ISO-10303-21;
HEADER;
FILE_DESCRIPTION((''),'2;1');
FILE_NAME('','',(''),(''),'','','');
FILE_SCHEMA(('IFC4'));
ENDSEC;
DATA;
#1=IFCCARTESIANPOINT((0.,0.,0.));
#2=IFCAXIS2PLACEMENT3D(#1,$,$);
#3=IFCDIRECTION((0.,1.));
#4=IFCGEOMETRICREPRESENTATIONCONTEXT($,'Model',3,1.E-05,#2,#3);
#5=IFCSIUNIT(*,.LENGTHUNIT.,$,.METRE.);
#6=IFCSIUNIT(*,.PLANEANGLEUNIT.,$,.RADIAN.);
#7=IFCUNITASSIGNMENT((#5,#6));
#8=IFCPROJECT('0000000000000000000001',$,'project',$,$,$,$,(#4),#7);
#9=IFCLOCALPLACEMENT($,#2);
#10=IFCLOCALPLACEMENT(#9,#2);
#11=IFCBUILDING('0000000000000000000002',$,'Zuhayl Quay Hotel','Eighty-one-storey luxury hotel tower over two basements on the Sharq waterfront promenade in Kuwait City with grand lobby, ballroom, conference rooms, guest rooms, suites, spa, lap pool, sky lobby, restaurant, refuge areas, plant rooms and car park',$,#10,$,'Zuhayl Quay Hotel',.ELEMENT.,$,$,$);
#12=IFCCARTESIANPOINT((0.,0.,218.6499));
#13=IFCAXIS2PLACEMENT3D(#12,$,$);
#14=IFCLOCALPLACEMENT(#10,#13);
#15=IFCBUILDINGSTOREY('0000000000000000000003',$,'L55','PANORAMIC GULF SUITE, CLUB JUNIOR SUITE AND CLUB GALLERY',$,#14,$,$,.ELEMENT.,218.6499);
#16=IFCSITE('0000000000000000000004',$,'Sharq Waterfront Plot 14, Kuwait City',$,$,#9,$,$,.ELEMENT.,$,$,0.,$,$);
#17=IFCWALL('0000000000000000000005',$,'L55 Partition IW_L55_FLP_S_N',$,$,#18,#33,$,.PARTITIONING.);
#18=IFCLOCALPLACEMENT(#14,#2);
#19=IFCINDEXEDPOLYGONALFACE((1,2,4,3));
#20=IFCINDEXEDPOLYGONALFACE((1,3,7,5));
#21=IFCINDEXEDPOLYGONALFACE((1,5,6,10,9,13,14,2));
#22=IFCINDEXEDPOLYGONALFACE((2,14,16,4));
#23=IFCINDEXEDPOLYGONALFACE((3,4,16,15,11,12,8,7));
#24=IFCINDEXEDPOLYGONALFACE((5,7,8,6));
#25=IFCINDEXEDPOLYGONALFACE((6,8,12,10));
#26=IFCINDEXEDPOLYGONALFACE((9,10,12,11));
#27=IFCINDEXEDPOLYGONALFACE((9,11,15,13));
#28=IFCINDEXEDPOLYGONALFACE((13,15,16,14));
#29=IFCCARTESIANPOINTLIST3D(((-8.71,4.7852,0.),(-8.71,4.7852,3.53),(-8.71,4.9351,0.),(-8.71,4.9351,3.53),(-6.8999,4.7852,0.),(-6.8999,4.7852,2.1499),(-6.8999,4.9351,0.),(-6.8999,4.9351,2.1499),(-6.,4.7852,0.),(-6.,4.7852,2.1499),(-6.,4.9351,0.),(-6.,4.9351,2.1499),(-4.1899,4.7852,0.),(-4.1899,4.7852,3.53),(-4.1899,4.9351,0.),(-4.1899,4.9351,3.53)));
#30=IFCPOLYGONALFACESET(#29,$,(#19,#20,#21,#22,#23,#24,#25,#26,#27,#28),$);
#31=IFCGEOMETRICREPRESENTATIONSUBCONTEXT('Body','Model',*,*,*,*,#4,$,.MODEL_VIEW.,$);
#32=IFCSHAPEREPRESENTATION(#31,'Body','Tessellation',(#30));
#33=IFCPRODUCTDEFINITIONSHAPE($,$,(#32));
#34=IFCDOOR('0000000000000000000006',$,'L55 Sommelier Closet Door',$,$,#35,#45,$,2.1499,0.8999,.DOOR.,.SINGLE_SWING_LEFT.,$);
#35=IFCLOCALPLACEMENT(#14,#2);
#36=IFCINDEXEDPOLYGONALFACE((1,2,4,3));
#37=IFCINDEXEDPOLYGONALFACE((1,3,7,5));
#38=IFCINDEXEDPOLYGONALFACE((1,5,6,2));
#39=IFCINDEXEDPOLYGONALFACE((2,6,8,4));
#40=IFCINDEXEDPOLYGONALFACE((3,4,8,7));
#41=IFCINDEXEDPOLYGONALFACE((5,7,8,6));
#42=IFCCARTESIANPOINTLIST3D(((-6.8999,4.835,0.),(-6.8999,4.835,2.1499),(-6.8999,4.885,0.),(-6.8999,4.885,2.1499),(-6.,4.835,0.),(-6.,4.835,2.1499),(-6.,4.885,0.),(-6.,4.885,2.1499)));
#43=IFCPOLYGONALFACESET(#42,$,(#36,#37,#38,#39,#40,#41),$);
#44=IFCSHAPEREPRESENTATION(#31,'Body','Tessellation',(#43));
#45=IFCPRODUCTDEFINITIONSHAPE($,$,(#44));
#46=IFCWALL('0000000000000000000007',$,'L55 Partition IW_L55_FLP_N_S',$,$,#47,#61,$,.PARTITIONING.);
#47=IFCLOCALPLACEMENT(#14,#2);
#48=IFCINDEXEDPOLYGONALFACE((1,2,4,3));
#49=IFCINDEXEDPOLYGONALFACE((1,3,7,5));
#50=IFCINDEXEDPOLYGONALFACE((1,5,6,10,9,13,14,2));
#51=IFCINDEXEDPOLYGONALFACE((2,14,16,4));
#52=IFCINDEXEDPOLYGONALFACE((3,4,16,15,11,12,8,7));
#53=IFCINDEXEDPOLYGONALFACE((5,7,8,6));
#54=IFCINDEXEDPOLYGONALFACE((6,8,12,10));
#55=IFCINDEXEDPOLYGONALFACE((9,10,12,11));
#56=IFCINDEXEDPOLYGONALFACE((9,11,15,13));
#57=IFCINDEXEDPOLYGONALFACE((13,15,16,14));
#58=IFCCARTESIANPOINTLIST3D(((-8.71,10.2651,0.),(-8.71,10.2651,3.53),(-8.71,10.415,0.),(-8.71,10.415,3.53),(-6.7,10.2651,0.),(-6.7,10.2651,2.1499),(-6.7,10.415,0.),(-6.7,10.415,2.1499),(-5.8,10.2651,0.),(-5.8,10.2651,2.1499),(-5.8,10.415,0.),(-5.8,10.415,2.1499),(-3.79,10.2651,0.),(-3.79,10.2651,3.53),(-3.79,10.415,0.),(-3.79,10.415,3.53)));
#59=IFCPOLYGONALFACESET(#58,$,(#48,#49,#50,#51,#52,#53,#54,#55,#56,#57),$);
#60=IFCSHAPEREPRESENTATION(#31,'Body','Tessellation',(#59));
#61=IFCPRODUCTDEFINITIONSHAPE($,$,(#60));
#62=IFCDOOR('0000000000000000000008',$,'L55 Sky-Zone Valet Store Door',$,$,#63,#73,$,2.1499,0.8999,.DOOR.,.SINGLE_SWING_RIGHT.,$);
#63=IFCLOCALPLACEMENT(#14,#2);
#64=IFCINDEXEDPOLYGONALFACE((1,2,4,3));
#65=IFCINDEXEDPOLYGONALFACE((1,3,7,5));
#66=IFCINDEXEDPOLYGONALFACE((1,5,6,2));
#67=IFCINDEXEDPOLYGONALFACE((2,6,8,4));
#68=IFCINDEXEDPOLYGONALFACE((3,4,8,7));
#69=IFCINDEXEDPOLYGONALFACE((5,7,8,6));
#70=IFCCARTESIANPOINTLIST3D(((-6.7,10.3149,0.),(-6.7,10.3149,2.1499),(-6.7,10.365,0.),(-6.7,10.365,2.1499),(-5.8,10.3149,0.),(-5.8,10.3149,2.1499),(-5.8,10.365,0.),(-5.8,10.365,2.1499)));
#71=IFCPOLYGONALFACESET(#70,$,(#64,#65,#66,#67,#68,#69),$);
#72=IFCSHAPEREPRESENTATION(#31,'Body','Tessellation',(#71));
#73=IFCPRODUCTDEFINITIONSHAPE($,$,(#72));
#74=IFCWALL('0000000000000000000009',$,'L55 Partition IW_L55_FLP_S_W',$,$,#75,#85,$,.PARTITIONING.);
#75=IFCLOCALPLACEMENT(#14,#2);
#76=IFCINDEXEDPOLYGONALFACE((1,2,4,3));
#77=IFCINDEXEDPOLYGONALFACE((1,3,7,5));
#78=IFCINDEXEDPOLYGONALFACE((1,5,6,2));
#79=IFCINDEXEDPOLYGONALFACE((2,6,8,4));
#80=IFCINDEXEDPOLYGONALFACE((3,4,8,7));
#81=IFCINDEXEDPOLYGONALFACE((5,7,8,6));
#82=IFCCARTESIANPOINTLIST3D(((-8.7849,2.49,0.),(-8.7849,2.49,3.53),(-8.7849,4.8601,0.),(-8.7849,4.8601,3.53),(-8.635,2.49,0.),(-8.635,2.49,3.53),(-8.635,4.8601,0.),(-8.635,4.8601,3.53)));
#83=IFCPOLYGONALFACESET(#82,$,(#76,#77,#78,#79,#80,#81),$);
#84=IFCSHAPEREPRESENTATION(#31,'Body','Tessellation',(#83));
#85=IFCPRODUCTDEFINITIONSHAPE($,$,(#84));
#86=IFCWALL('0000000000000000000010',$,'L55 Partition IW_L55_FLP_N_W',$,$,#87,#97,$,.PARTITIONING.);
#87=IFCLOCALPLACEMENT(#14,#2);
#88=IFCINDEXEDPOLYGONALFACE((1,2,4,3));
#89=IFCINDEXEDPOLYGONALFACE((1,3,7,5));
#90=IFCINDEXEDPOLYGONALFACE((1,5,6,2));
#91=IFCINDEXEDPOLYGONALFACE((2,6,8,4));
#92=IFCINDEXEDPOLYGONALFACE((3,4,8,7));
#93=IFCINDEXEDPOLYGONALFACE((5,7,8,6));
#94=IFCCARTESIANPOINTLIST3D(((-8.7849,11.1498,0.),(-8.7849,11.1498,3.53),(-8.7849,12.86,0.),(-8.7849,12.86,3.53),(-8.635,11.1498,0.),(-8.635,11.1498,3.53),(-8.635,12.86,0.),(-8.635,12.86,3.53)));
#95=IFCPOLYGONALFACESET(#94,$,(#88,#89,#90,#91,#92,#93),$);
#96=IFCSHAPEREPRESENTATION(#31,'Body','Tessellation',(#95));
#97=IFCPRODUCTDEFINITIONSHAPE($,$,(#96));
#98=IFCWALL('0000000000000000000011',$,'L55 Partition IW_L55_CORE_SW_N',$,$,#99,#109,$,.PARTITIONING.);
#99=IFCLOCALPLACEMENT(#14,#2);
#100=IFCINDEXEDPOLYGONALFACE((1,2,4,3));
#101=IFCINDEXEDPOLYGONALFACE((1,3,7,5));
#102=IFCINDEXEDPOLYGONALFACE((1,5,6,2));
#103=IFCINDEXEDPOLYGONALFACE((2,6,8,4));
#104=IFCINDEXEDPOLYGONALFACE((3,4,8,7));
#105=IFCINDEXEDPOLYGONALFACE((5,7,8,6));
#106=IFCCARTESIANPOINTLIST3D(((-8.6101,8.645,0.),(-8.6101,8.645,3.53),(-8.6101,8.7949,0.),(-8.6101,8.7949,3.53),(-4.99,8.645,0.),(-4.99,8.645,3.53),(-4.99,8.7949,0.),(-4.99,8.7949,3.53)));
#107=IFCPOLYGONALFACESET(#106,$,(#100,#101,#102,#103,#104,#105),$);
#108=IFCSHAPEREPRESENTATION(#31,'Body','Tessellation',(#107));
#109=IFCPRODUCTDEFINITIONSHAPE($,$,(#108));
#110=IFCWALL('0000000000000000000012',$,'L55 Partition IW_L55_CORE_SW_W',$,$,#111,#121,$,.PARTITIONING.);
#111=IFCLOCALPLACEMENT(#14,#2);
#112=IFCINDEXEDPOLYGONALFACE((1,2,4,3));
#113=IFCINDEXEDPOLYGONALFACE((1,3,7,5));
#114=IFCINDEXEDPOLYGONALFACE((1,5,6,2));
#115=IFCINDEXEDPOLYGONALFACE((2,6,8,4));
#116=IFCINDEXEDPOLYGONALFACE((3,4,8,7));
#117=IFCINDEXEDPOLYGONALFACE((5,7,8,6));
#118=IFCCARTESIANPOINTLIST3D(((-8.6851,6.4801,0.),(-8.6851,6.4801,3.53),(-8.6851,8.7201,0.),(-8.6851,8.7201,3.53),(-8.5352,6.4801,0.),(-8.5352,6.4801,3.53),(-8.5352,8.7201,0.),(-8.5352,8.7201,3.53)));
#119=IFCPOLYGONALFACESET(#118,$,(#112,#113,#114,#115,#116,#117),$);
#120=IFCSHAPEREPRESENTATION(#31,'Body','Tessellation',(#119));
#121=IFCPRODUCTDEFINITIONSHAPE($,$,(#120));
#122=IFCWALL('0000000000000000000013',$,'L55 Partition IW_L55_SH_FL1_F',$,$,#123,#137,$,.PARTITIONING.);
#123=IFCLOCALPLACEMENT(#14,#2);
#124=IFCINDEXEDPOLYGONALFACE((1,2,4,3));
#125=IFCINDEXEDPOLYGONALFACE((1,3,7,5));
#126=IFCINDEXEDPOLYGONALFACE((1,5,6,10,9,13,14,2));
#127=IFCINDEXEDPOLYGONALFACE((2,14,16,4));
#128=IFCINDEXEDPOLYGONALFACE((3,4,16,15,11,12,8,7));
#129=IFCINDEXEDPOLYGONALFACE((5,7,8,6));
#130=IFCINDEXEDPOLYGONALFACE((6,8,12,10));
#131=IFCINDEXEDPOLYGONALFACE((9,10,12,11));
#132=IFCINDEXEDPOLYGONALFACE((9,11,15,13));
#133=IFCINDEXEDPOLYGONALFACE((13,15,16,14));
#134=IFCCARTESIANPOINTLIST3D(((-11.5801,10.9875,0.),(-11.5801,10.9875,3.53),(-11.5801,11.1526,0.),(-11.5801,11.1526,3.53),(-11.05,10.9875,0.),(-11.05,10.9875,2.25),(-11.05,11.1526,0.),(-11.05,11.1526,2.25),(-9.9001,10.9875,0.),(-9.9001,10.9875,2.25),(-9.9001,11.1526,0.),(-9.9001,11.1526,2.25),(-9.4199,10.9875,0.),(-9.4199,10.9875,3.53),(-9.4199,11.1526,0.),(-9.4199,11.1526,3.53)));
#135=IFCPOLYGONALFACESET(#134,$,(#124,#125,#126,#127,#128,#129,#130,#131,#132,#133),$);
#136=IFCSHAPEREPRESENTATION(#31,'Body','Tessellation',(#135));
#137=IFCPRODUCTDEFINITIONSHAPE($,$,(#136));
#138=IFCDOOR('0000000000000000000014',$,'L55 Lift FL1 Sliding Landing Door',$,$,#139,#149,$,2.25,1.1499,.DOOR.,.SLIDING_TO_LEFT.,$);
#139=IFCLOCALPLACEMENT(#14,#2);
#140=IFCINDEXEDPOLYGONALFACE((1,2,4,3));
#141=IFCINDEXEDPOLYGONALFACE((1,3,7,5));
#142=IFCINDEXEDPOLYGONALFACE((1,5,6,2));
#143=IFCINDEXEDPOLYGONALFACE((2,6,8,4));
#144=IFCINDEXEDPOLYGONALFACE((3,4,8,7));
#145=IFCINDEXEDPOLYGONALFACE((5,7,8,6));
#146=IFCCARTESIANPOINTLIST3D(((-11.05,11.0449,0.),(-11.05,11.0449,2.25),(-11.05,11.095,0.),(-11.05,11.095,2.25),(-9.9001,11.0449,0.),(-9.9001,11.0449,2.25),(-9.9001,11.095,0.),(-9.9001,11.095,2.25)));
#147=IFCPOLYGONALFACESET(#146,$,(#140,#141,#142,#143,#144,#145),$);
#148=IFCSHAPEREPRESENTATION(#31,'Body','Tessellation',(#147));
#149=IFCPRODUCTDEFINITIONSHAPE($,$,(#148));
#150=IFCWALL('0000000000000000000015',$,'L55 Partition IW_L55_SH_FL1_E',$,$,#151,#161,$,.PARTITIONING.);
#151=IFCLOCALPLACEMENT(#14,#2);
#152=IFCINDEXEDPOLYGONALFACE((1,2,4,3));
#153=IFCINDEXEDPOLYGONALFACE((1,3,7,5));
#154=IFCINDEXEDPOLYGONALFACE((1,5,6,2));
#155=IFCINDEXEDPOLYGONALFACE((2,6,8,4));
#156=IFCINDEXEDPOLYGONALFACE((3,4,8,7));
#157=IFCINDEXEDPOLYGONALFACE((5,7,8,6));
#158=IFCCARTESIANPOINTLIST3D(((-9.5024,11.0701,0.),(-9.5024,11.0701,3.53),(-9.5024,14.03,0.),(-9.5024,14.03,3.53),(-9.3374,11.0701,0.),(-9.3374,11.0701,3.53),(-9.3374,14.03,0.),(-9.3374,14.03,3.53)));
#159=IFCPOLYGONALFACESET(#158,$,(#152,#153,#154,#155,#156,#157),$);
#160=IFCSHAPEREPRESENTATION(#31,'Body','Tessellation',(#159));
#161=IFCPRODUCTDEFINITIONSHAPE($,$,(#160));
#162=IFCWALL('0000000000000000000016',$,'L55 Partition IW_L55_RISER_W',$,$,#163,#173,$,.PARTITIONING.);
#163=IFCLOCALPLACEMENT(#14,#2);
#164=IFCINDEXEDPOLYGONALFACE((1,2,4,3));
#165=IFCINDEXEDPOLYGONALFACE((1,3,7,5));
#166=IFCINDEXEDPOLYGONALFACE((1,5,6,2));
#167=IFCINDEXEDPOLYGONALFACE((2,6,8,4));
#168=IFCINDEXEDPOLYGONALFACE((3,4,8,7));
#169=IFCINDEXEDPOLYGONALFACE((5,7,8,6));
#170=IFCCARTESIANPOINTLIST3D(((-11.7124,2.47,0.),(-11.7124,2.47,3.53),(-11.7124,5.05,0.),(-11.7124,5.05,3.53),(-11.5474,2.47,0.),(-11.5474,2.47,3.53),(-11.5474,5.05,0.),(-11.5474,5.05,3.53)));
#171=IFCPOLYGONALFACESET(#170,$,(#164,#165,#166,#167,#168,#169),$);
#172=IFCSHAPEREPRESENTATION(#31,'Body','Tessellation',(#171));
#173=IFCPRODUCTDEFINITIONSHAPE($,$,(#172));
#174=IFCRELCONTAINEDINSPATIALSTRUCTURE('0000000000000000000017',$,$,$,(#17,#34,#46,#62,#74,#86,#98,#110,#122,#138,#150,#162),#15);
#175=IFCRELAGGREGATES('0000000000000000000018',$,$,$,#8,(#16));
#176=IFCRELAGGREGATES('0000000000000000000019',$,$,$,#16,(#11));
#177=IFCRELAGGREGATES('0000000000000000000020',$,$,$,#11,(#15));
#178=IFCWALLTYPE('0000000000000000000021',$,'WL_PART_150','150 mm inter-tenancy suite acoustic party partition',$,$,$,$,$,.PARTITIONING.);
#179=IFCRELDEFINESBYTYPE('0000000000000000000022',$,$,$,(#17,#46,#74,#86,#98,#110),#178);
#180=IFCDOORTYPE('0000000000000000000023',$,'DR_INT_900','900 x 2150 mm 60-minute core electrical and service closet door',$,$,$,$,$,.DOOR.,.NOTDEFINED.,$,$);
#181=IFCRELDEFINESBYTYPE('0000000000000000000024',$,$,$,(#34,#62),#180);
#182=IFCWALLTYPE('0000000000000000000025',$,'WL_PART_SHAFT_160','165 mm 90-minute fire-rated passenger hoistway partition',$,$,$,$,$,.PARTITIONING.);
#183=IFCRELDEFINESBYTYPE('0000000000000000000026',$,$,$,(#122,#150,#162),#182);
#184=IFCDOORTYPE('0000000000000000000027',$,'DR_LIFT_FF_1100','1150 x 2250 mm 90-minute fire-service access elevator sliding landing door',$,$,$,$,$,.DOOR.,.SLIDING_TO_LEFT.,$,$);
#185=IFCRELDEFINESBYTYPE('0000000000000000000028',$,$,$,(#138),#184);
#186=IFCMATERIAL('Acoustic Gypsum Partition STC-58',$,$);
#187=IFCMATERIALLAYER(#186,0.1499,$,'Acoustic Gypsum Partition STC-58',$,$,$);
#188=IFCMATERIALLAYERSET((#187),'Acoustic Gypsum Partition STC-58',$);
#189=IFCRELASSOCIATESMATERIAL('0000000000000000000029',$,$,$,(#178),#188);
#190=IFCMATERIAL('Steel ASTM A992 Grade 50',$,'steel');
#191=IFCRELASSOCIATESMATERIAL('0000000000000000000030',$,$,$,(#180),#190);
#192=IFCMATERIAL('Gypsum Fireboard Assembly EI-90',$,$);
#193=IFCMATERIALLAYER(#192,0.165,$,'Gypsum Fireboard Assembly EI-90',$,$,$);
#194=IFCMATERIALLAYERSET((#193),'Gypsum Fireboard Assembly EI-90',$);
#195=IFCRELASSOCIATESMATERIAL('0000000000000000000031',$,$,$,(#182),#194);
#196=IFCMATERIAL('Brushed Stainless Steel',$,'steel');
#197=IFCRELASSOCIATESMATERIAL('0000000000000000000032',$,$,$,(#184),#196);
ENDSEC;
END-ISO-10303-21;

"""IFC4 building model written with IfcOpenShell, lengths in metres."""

from ifc_helpers import new_model, si_unit, direction, frame, frame_2d, origin, place, context, subcontext, project, spatial, rectangle, extrude, material, layer, layer_set, type_object, element, fill, save


model = new_model("IFC4")

# Units and contexts
model_context = context("Model", 3, precision=1e-05, world=origin(), true_north=direction((0.0, 1.0)))
body_context = subcontext(model_context, "Body", "Model", "MODEL_VIEW")
ifc_project = project(units=[si_unit("LENGTHUNIT", "METRE"), si_unit("PLANEANGLEUNIT", "RADIAN")], contexts=[model_context])

# Site, building, storey
site_placement = place(None, origin())
site = spatial("IfcSite", under=ifc_project, at=site_placement, Name="Sharq Waterfront Plot 14, Kuwait City", CompositionType="ELEMENT", RefElevation=0.0)
building_placement = place(site_placement, origin())
building = spatial("IfcBuilding", under=site, at=building_placement, Name="Zuhayl Quay Hotel", Description="Eighty-one-storey luxury hotel tower over two basements on the Sharq waterfront promenade in Kuwait City with grand lobby, ballroom, conference rooms, guest rooms, suites, spa, lap pool, sky lobby, restaurant, refuge areas, plant rooms and car park", LongName="Zuhayl Quay Hotel", CompositionType="ELEMENT")
storey_placement = place(building_placement, frame((0.0, 0.0, 218.6499)))
storey = spatial("IfcBuildingStorey", under=building, at=storey_placement, Name="L55", Description="PANORAMIC GULF SUITE, CLUB JUNIOR SUITE AND CLUB GALLERY", CompositionType="ELEMENT", Elevation=218.6499)

# Walls, openings, doors
ifc_material_1 = material(Name="Acoustic Gypsum Partition STC-58")
ifc_layer_1 = layer(ifc_material_1, 0.1499, Name="Acoustic Gypsum Partition STC-58")
ifc_layer_set_1 = layer_set([ifc_layer_1], Name="Acoustic Gypsum Partition STC-58")
wall_type_1 = type_object("IfcWallType", Name="WL_PART_150", Description="150 mm inter-tenancy suite acoustic party partition", PredefinedType="PARTITIONING", material=ifc_layer_set_1)
wall_1_placement = place(storey_placement, frame((-8.71, 4.8601, 0.0), z_axis=(0.0, 0.0, 1.0), x_axis=(1.0, 0.0, 0.0)))
wall_1 = element("IfcWall", 1, at=wall_1_placement, inside=storey, type_object=wall_type_1, Name="L55 Partition IW_L55_FLP_S_N", PredefinedType="PARTITIONING", context=body_context, shape_type="SweptSolid", body=[
    extrude(rectangle(XDim=4.52, YDim=0.1499, at=frame_2d((2.26, 0.0))), origin(), (0.0, 0.0, 1.0), 3.53),
])
opening_1_placement = place(wall_1_placement, frame((1.8101, 0.0, 0.0)))
opening_1 = element("IfcOpeningElement", 2, at=opening_1_placement, cuts=wall_1, PredefinedType="OPENING", context=body_context, shape_type="SweptSolid", body=[
    extrude(rectangle(XDim=0.8999, YDim=2.1499, at=frame_2d((0.45, 1.075))), frame((0.0, 0.085, 0.0), z_axis=(0.0, -1.0, 0.0), x_axis=(1.0, 0.0, 0.0)), (0.0, 0.0, 1.0), 0.1699),
])
ifc_material_2 = material(Name="Steel ASTM A992 Grade 50", Category="steel")
door_type_1 = type_object("IfcDoorType", Name="DR_INT_900", Description="900 x 2150 mm 60-minute core electrical and service closet door", OperationType="NOTDEFINED", PredefinedType="DOOR", material=ifc_material_2)
door_1_placement = place(opening_1_placement, origin())
door_1 = element("IfcDoor", 3, at=door_1_placement, inside=storey, type_object=door_type_1, Name="L55 Sommelier Closet Door", OperationType="SINGLE_SWING_LEFT", OverallHeight=2.1499, OverallWidth=0.8999, PredefinedType="DOOR", context=body_context, shape_type="SweptSolid", body=[
    extrude(rectangle(XDim=0.8999, YDim=2.1499, at=frame_2d((0.45, 1.075))), frame((0.0, 0.0249, 0.0), z_axis=(0.0, -1.0, 0.0), x_axis=(1.0, 0.0, 0.0)), (0.0, 0.0, 1.0), 0.05),
])
fill(opening_1, door_1)
wall_2_placement = place(storey_placement, frame((-8.71, 10.3401, 0.0), z_axis=(0.0, 0.0, 1.0), x_axis=(1.0, 0.0, 0.0)))
wall_2 = element("IfcWall", 4, at=wall_2_placement, inside=storey, type_object=wall_type_1, Name="L55 Partition IW_L55_FLP_N_S", PredefinedType="PARTITIONING", context=body_context, shape_type="SweptSolid", body=[
    extrude(rectangle(XDim=4.9199, YDim=0.1499, at=frame_2d((2.46, 0.0))), origin(), (0.0, 0.0, 1.0), 3.53),
])
opening_2_placement = place(wall_2_placement, frame((2.01, 0.0, 0.0)))
opening_2 = element("IfcOpeningElement", 5, at=opening_2_placement, cuts=wall_2, PredefinedType="OPENING", context=body_context, shape_type="SweptSolid", body=[
    extrude(rectangle(XDim=0.8999, YDim=2.1499, at=frame_2d((0.45, 1.075))), frame((0.0, 0.085, 0.0), z_axis=(0.0, -1.0, 0.0), x_axis=(1.0, 0.0, 0.0)), (0.0, 0.0, 1.0), 0.1699),
])
door_2_placement = place(opening_2_placement, origin())
door_2 = element("IfcDoor", 6, at=door_2_placement, inside=storey, type_object=door_type_1, Name="L55 Sky-Zone Valet Store Door", OperationType="SINGLE_SWING_RIGHT", OverallHeight=2.1499, OverallWidth=0.8999, PredefinedType="DOOR", context=body_context, shape_type="SweptSolid", body=[
    extrude(rectangle(XDim=0.8999, YDim=2.1499, at=frame_2d((0.45, 1.075))), frame((0.0, 0.0249, 0.0), z_axis=(0.0, -1.0, 0.0), x_axis=(1.0, 0.0, 0.0)), (0.0, 0.0, 1.0), 0.05),
])
fill(opening_2, door_2)

# Walls
wall_3_placement = place(storey_placement, frame((-8.71, 2.49, 0.0), z_axis=(0.0, 0.0, 1.0), x_axis=(0.0, 1.0, 0.0)))
element("IfcWall", 7, at=wall_3_placement, inside=storey, type_object=wall_type_1, Name="L55 Partition IW_L55_FLP_S_W", PredefinedType="PARTITIONING", context=body_context, shape_type="SweptSolid", body=[
    extrude(rectangle(XDim=2.3701, YDim=0.1499, at=frame_2d((1.1851, 0.0))), origin(), (0.0, 0.0, 1.0), 3.53),
])
wall_4_placement = place(storey_placement, frame((-8.71, 11.1499, 0.0), z_axis=(0.0, 0.0, 1.0), x_axis=(0.0, 1.0, 0.0)))
element("IfcWall", 8, at=wall_4_placement, inside=storey, type_object=wall_type_1, Name="L55 Partition IW_L55_FLP_N_W", PredefinedType="PARTITIONING", context=body_context, shape_type="SweptSolid", body=[
    extrude(rectangle(XDim=1.7102, YDim=0.1499, at=frame_2d((0.855, 0.0))), origin(), (0.0, 0.0, 1.0), 3.53),
])
wall_5_placement = place(storey_placement, frame((-8.6101, 8.72, 0.0), z_axis=(0.0, 0.0, 1.0), x_axis=(1.0, 0.0, 0.0)))
element("IfcWall", 9, at=wall_5_placement, inside=storey, type_object=wall_type_1, Name="L55 Partition IW_L55_CORE_SW_N", PredefinedType="PARTITIONING", context=body_context, shape_type="SweptSolid", body=[
    extrude(rectangle(XDim=3.6201, YDim=0.1499, at=frame_2d((1.8101, 0.0))), origin(), (0.0, 0.0, 1.0), 3.53),
])
wall_6_placement = place(storey_placement, frame((-8.6101, 6.48, 0.0), z_axis=(0.0, 0.0, 1.0), x_axis=(0.0, 1.0, 0.0)))
element("IfcWall", 10, at=wall_6_placement, inside=storey, type_object=wall_type_1, Name="L55 Partition IW_L55_CORE_SW_W", PredefinedType="PARTITIONING", context=body_context, shape_type="SweptSolid", body=[
    extrude(rectangle(XDim=2.24, YDim=0.1499, at=frame_2d((1.1201, 0.0))), origin(), (0.0, 0.0, 1.0), 3.53),
])

# Wall, opening, door
ifc_material_3 = material(Name="Gypsum Fireboard Assembly EI-90")
ifc_layer_2 = layer(ifc_material_3, 0.165, Name="Gypsum Fireboard Assembly EI-90")
ifc_layer_set_2 = layer_set([ifc_layer_2], Name="Gypsum Fireboard Assembly EI-90")
wall_type_2 = type_object("IfcWallType", Name="WL_PART_SHAFT_160", Description="165 mm 90-minute fire-rated passenger hoistway partition", PredefinedType="PARTITIONING", material=ifc_layer_set_2)
wall_7_placement = place(storey_placement, frame((-11.5801, 11.0701, 0.0), z_axis=(0.0, 0.0, 1.0), x_axis=(1.0, 0.0, 0.0)))
wall_7 = element("IfcWall", 11, at=wall_7_placement, inside=storey, type_object=wall_type_2, Name="L55 Partition IW_L55_SH_FL1_F", PredefinedType="PARTITIONING", context=body_context, shape_type="SweptSolid", body=[
    extrude(rectangle(XDim=2.1602, YDim=0.165, at=frame_2d((1.0801, 0.0))), origin(), (0.0, 0.0, 1.0), 3.53),
])
opening_3_placement = place(wall_7_placement, frame((0.53, 0.0, 0.0)))
opening_3 = element("IfcOpeningElement", 12, at=opening_3_placement, cuts=wall_7, PredefinedType="OPENING", context=body_context, shape_type="SweptSolid", body=[
    extrude(rectangle(XDim=1.1499, YDim=2.25, at=frame_2d((0.575, 1.125))), frame((0.0, 0.0925, 0.0), z_axis=(0.0, -1.0, 0.0), x_axis=(1.0, 0.0, 0.0)), (0.0, 0.0, 1.0), 0.1851),
])
ifc_material_4 = material(Name="Brushed Stainless Steel", Category="steel")
door_type_2 = type_object("IfcDoorType", Name="DR_LIFT_FF_1100", Description="1150 x 2250 mm 90-minute fire-service access elevator sliding landing door", OperationType="SLIDING_TO_LEFT", PredefinedType="DOOR", material=ifc_material_4)
door_3_placement = place(opening_3_placement, origin())
door_3 = element("IfcDoor", 13, at=door_3_placement, inside=storey, type_object=door_type_2, Name="L55 Lift FL1 Sliding Landing Door", OperationType="SLIDING_TO_LEFT", OverallHeight=2.25, OverallWidth=1.1499, PredefinedType="DOOR", context=body_context, shape_type="SweptSolid", body=[
    extrude(rectangle(XDim=1.1499, YDim=2.25, at=frame_2d((0.575, 1.125))), frame((0.0, 0.0249, 0.0), z_axis=(0.0, -1.0, 0.0), x_axis=(1.0, 0.0, 0.0)), (0.0, 0.0, 1.0), 0.05),
])
fill(opening_3, door_3)

# Walls
wall_8_placement = place(storey_placement, frame((-9.4199, 11.0701, 0.0), z_axis=(0.0, 0.0, 1.0), x_axis=(0.0, 1.0, 0.0)))
element("IfcWall", 14, at=wall_8_placement, inside=storey, type_object=wall_type_2, Name="L55 Partition IW_L55_SH_FL1_E", PredefinedType="PARTITIONING", context=body_context, shape_type="SweptSolid", body=[
    extrude(rectangle(XDim=2.96, YDim=0.165, at=frame_2d((1.48, 0.0))), origin(), (0.0, 0.0, 1.0), 3.53),
])
wall_9_placement = place(storey_placement, frame((-11.6299, 2.47, 0.0), z_axis=(0.0, 0.0, 1.0), x_axis=(0.0, 1.0, 0.0)))
element("IfcWall", 15, at=wall_9_placement, inside=storey, type_object=wall_type_2, Name="L55 Partition IW_L55_RISER_W", PredefinedType="PARTITIONING", context=body_context, shape_type="SweptSolid", body=[
    extrude(rectangle(XDim=2.5801, YDim=0.165, at=frame_2d((1.29, 0.0))), origin(), (0.0, 0.0, 1.0), 3.53),
])

save(model, "model.ifc")
